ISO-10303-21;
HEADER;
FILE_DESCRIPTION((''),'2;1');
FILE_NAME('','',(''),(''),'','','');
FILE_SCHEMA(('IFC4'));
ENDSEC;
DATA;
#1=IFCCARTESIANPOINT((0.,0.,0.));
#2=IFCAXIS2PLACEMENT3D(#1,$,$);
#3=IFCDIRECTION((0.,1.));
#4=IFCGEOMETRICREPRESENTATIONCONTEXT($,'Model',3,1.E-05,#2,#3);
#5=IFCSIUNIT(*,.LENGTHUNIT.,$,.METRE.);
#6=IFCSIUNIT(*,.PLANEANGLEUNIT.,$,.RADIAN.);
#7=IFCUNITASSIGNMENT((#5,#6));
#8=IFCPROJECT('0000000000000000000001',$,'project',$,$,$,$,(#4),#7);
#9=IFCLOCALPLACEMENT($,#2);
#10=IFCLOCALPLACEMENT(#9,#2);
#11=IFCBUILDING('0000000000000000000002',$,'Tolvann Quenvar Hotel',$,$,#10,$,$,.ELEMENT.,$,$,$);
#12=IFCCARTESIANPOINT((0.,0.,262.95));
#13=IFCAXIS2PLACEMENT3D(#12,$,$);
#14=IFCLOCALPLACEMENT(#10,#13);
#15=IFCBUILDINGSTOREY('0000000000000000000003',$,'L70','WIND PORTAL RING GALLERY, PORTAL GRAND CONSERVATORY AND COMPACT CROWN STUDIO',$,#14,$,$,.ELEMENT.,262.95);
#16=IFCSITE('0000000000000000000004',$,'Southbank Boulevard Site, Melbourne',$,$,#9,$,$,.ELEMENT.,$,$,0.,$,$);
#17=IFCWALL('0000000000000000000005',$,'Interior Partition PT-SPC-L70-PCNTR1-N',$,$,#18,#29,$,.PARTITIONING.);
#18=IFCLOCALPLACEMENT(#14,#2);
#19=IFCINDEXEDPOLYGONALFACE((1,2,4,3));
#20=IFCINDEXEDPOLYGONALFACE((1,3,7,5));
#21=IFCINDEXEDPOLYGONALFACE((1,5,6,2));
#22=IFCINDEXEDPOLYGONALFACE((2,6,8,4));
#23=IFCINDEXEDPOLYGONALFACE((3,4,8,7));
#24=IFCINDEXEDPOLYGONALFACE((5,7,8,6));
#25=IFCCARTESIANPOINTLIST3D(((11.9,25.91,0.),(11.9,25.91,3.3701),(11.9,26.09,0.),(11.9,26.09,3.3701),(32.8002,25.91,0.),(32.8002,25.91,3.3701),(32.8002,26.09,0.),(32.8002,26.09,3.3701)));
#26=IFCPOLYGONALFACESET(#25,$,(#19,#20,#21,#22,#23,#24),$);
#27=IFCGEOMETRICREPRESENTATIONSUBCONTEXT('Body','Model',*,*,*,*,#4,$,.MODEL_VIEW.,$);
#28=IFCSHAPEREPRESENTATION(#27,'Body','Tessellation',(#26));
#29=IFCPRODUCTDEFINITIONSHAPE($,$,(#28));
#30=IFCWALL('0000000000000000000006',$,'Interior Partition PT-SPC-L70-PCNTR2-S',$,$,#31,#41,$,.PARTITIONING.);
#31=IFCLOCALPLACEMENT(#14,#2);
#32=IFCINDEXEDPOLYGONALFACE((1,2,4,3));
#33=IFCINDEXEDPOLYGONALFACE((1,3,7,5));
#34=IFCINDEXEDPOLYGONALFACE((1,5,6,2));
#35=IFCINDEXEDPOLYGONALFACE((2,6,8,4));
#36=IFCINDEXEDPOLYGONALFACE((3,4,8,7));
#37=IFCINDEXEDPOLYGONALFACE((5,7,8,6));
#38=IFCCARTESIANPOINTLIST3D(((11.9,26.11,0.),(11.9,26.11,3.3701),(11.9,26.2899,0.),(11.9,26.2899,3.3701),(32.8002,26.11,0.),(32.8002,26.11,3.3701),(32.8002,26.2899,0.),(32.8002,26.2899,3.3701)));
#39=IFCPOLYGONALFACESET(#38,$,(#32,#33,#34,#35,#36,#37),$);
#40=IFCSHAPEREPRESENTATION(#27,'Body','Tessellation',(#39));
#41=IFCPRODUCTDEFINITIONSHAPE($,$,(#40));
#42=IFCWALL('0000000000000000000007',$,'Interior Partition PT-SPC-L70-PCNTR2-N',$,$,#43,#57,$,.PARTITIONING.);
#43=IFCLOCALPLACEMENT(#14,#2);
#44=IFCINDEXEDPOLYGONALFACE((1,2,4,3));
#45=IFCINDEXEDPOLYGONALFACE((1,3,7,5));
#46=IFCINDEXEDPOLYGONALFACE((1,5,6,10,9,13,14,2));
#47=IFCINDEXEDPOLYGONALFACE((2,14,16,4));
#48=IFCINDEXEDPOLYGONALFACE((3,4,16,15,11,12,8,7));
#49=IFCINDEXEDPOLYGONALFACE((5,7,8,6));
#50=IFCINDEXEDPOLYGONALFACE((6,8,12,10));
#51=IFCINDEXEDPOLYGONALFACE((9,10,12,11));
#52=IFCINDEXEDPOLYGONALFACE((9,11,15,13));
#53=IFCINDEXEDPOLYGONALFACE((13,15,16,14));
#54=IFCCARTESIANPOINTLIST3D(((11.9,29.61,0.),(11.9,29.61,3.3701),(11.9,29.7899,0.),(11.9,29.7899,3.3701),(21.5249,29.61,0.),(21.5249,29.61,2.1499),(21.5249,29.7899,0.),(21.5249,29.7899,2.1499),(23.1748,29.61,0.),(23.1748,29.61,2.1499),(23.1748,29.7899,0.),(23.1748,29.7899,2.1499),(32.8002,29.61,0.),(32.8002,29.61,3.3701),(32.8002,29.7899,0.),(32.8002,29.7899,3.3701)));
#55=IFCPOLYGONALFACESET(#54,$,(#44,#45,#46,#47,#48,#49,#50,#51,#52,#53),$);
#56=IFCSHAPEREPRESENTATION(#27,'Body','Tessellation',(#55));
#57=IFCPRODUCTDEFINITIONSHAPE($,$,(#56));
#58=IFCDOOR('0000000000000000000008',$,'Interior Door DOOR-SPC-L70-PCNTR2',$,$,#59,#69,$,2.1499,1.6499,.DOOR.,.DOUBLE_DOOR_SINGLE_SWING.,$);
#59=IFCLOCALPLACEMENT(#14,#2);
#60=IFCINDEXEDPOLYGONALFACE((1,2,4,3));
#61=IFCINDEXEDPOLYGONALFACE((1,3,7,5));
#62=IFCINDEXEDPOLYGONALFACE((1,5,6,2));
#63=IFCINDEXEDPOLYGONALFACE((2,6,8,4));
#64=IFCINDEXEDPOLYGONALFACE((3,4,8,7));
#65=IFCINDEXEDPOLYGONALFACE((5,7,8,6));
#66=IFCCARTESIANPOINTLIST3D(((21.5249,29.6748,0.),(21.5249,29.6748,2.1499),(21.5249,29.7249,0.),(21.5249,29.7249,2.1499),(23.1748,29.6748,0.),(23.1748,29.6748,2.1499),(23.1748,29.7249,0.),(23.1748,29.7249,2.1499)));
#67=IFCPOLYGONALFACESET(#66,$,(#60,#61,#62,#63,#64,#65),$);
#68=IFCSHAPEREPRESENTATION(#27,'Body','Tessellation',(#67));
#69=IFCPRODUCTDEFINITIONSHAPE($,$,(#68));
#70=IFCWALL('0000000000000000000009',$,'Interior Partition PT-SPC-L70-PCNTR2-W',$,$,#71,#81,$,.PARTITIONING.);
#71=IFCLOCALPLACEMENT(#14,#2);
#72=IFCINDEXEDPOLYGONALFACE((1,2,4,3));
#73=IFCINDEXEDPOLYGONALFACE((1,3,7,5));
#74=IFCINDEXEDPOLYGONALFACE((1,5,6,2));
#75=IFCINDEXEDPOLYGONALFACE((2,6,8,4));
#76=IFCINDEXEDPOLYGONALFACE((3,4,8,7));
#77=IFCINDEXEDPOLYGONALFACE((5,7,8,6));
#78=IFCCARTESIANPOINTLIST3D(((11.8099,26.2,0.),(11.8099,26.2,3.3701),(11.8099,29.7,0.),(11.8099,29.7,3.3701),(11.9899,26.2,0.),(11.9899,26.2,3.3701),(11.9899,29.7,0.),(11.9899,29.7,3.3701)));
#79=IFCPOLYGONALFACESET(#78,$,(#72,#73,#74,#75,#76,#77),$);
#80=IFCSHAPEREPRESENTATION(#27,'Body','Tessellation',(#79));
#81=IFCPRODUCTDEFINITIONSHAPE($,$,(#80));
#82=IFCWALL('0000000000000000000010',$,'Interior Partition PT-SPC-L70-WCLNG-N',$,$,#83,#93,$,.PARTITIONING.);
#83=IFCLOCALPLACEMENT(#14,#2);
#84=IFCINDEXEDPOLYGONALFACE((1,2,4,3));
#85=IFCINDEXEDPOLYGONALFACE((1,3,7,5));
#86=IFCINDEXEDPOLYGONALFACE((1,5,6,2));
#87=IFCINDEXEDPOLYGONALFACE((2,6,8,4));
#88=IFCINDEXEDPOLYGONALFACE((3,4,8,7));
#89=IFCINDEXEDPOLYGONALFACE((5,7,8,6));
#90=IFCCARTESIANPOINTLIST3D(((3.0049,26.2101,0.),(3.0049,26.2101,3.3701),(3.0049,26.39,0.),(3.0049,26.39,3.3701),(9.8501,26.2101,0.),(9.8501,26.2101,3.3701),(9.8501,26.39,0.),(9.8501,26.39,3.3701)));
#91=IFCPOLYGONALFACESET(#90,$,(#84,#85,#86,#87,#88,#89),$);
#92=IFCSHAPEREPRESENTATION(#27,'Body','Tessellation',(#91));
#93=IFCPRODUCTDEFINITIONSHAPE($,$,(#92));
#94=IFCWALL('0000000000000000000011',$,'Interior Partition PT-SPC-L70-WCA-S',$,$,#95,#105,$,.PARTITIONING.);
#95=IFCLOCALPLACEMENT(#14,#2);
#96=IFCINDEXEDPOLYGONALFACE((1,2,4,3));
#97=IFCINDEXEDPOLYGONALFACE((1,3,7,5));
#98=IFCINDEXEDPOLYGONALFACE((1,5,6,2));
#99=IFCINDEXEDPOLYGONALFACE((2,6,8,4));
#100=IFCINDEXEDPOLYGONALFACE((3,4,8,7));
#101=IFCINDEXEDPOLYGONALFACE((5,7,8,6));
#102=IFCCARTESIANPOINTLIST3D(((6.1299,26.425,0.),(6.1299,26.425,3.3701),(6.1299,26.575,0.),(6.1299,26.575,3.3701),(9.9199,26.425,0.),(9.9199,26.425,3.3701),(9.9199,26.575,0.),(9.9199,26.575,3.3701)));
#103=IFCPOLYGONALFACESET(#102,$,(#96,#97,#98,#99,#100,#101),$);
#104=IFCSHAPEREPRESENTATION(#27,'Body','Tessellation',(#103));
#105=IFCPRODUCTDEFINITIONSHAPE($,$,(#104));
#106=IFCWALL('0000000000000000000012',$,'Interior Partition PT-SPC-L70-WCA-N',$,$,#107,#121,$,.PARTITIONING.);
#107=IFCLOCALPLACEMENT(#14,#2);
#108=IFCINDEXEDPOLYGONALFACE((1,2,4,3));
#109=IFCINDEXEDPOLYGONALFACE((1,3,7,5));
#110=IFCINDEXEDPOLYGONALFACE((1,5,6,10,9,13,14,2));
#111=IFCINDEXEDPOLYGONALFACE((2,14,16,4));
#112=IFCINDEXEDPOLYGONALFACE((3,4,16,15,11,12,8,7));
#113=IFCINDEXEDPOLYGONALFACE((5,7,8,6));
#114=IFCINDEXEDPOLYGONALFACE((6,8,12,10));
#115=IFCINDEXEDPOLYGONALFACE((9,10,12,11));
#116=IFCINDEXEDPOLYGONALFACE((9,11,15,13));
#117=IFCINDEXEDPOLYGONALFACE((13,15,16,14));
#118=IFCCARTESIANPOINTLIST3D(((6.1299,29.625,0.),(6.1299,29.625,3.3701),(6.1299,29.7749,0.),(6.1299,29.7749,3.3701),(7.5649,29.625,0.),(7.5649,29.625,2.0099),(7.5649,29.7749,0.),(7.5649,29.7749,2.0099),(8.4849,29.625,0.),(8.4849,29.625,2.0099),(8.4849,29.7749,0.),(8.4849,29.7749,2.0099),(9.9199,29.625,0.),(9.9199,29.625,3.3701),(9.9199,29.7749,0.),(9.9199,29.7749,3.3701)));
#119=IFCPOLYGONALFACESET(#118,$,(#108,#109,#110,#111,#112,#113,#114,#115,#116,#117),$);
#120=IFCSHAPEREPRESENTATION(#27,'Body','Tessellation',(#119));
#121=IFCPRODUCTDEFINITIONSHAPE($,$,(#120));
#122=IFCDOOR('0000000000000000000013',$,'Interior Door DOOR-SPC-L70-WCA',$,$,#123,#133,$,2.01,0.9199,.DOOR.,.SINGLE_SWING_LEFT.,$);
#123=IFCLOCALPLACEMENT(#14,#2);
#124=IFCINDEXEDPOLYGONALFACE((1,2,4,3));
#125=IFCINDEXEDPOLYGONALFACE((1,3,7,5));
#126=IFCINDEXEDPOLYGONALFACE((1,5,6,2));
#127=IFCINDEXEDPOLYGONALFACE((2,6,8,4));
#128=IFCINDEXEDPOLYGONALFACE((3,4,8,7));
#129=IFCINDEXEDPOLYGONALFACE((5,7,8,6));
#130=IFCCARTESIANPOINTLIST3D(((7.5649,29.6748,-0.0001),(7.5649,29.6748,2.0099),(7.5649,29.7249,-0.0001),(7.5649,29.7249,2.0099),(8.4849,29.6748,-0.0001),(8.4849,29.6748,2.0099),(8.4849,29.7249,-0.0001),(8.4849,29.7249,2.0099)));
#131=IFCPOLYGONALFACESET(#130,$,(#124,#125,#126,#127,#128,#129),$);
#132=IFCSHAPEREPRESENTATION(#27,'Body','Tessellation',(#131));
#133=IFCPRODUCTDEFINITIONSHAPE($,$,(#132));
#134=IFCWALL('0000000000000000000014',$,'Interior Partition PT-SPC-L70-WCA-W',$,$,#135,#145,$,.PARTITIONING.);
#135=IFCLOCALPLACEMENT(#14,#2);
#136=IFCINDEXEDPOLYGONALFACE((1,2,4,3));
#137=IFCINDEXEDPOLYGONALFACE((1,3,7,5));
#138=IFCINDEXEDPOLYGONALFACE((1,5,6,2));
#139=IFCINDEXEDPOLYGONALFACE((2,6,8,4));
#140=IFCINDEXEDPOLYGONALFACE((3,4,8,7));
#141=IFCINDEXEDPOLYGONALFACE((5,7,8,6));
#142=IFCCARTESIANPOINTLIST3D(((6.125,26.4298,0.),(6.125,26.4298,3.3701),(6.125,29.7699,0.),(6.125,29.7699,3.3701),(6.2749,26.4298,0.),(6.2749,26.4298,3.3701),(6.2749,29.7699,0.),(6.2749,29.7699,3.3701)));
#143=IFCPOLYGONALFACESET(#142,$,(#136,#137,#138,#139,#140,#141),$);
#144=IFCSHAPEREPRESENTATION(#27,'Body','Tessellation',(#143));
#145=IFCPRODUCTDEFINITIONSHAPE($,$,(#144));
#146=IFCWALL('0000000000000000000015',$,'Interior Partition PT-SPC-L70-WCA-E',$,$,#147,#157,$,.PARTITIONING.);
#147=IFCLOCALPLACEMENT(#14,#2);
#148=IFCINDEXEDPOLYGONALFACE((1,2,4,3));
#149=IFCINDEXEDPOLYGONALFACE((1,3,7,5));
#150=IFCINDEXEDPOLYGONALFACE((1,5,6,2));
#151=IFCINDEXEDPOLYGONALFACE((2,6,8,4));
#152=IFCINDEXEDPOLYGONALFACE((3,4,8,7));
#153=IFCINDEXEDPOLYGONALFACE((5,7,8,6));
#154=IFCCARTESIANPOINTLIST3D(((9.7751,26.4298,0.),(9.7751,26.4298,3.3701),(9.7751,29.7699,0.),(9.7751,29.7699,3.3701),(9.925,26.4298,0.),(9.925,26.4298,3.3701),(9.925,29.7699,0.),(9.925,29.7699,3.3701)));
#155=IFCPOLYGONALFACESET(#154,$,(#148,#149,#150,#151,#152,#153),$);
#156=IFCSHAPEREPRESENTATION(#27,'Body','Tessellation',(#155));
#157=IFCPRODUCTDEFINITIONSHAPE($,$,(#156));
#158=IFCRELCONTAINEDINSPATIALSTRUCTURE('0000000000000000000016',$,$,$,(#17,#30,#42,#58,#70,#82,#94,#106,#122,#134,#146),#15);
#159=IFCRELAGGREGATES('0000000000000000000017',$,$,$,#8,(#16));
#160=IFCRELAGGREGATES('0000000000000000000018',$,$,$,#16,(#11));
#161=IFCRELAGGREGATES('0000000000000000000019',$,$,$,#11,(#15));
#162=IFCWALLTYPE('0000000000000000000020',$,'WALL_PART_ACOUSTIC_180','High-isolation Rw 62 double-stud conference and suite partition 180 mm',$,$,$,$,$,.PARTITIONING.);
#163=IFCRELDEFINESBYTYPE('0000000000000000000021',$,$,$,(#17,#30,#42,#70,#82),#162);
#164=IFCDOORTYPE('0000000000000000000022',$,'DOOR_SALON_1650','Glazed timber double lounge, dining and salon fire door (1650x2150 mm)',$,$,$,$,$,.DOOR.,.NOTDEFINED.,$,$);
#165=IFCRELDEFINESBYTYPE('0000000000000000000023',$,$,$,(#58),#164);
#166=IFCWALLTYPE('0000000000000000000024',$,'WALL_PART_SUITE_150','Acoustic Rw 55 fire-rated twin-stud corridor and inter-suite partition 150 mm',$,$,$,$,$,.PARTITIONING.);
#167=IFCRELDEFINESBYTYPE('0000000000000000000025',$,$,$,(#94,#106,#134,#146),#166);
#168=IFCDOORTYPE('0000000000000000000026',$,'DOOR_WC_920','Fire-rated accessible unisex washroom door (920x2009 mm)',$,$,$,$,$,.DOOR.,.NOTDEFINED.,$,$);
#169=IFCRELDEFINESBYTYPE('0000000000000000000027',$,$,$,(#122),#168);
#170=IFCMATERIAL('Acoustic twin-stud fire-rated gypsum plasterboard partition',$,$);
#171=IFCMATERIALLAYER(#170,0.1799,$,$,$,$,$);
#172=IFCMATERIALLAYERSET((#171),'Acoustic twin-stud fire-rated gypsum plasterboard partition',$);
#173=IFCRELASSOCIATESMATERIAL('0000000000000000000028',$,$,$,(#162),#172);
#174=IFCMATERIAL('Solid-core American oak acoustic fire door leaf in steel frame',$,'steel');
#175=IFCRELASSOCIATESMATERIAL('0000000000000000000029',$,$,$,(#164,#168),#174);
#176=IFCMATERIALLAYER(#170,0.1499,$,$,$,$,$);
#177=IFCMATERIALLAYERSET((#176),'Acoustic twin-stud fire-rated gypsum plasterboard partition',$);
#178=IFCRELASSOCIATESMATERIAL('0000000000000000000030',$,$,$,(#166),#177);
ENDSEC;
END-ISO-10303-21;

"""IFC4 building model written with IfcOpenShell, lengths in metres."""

from ifc_helpers import new_model, si_unit, direction, frame, frame_2d, origin, place, context, subcontext, project, spatial, rectangle, extrude, source, transform, mapped, material, layer, layer_set, type_object, type_shapes, element, fill, save


model = new_model("IFC4")

# Units and contexts
model_context = context("Model", 3, precision=1e-05, world=origin(), true_north=direction((0.0, 1.0)))
body_context = subcontext(model_context, "Body", "Model", "MODEL_VIEW")
ifc_project = project(units=[si_unit("LENGTHUNIT", "METRE"), si_unit("PLANEANGLEUNIT", "RADIAN")], contexts=[model_context])

# Site, building, storey
site_placement = place(None, origin())
site = spatial("IfcSite", under=ifc_project, at=site_placement, Name="Southbank Boulevard Site, Melbourne", CompositionType="ELEMENT", RefElevation=0.0)
building_placement = place(site_placement, origin())
building = spatial("IfcBuilding", under=site, at=building_placement, Name="Tolvann Quenvar Hotel", CompositionType="ELEMENT")
storey_placement = place(building_placement, frame((0.0, 0.0, 262.95)))
storey = spatial("IfcBuildingStorey", under=building, at=storey_placement, Name="L70", Description="WIND PORTAL RING GALLERY, PORTAL GRAND CONSERVATORY AND COMPACT CROWN STUDIO", CompositionType="ELEMENT", Elevation=262.95)

# Shared definitions
ifc_material_1 = material(Name="Solid-core American oak acoustic fire door leaf in steel frame", Category="steel")

# Walls
ifc_material_2 = material(Name="Acoustic twin-stud fire-rated gypsum plasterboard partition")
ifc_layer_1 = layer(ifc_material_2, 0.1799)
ifc_layer_set_1 = layer_set([ifc_layer_1], Name="Acoustic twin-stud fire-rated gypsum plasterboard partition")
wall_type_1 = type_object("IfcWallType", Name="WALL_PART_ACOUSTIC_180", Description="High-isolation Rw 62 double-stud conference and suite partition 180 mm", PredefinedType="PARTITIONING", material=ifc_layer_set_1)
for number, where, z_axis, x_axis, name in (
    (1, (11.8999, 26.0, 0.0), (0.0, 0.0, 1.0), (1.0, 0.0, 0.0), "Interior Partition PT-SPC-L70-PCNTR1-N"),
    (2, (11.8999, 26.2, 0.0), (0.0, 0.0, 1.0), (1.0, 0.0, 0.0), "Interior Partition PT-SPC-L70-PCNTR2-S"),
):
    element("IfcWall", number, at=place(storey_placement, frame(where, z_axis=z_axis, x_axis=x_axis)), inside=storey, type_object=wall_type_1, Name=name, PredefinedType="PARTITIONING", context=body_context, shape_type="SweptSolid", body=[
        extrude(rectangle(XDim=20.9001, YDim=0.1799, at=frame_2d((10.4502, 0.0))), origin(), (0.0, 0.0, 1.0), 3.3701),
    ])

# Wall, opening, door
wall_1_placement = place(storey_placement, frame((11.8999, 29.7, 0.0), z_axis=(0.0, 0.0, 1.0), x_axis=(1.0, 0.0, 0.0)))
wall_1 = element("IfcWall", 3, at=wall_1_placement, inside=storey, type_object=wall_type_1, Name="Interior Partition PT-SPC-L70-PCNTR2-N", PredefinedType="PARTITIONING", context=body_context, shape_type="SweptSolid", body=[
    extrude(rectangle(XDim=20.9001, YDim=0.1799, at=frame_2d((10.4502, 0.0))), origin(), (0.0, 0.0, 1.0), 3.3701),
])
opening_1_placement = place(wall_1_placement, frame((9.625, 0.0, 0.0)))
opening_1 = element("IfcOpeningElement", 4, at=opening_1_placement, cuts=wall_1, PredefinedType="OPENING", context=body_context, shape_type="SweptSolid", body=[
    extrude(rectangle(XDim=1.6499, YDim=2.1499, at=frame_2d((0.825, 1.075))), frame((0.0, 0.1001, 0.0), z_axis=(0.0, -1.0, 0.0), x_axis=(1.0, 0.0, 0.0)), (0.0, 0.0, 1.0), 0.2),
])
door_type_1 = type_object("IfcDoorType", Name="DOOR_SALON_1650", Description="Glazed timber double lounge, dining and salon fire door (1650x2150 mm)", OperationType="NOTDEFINED", PredefinedType="DOOR", material=ifc_material_1)
shared_shape_1 = source(origin(), body_context, "Body", "SweptSolid", [
    extrude(rectangle(XDim=1.6499, YDim=2.1499, at=frame_2d((0.825, 1.075))), frame((0.0, 0.0249, 0.0), z_axis=(0.0, -1.0, 0.0), x_axis=(1.0, 0.0, 0.0)), (0.0, 0.0, 1.0), 0.05),
])
type_shapes(door_type_1, [shared_shape_1])
door_1_placement = place(opening_1_placement, origin())
door_1 = element("IfcDoor", 5, at=door_1_placement, inside=storey, type_object=door_type_1, Name="Interior Door DOOR-SPC-L70-PCNTR2", OperationType="DOUBLE_DOOR_SINGLE_SWING", OverallHeight=2.1499, OverallWidth=1.6499, PredefinedType="DOOR", context=body_context, shape_type="MappedRepresentation", body=[
    mapped(shared_shape_1, transform((0.0, 0.0, 0.0), x_axis=(1.0, 0.0, 0.0), y_axis=(0.0, 1.0, 0.0), z_axis=(0.0, 0.0, 1.0), scale=1.0)),
])
fill(opening_1, door_1)

# Walls
wall_2_placement = place(storey_placement, frame((11.8999, 26.2, 0.0), z_axis=(0.0, 0.0, 1.0), x_axis=(0.0, 1.0, 0.0)))
element("IfcWall", 6, at=wall_2_placement, inside=storey, type_object=wall_type_1, Name="Interior Partition PT-SPC-L70-PCNTR2-W", PredefinedType="PARTITIONING", context=body_context, shape_type="SweptSolid", body=[
    extrude(rectangle(XDim=3.5, YDim=0.1799, at=frame_2d((1.75, 0.0))), origin(), (0.0, 0.0, 1.0), 3.3701),
])
wall_3_placement = place(storey_placement, frame((3.0049, 26.3, 0.0), z_axis=(0.0, 0.0, 1.0), x_axis=(1.0, 0.0, 0.0)))
element("IfcWall", 7, at=wall_3_placement, inside=storey, type_object=wall_type_1, Name="Interior Partition PT-SPC-L70-WCLNG-N", PredefinedType="PARTITIONING", context=body_context, shape_type="SweptSolid", body=[
    extrude(rectangle(XDim=6.8452, YDim=0.1799, at=frame_2d((3.4226, 0.0))), origin(), (0.0, 0.0, 1.0), 3.3701),
])
ifc_layer_2 = layer(ifc_material_2, 0.1499)
ifc_layer_set_2 = layer_set([ifc_layer_2], Name="Acoustic twin-stud fire-rated gypsum plasterboard partition")
wall_type_2 = type_object("IfcWallType", Name="WALL_PART_SUITE_150", Description="Acoustic Rw 55 fire-rated twin-stud corridor and inter-suite partition 150 mm", PredefinedType="PARTITIONING", material=ifc_layer_set_2)
wall_4_placement = place(storey_placement, frame((6.1299, 26.5, 0.0), z_axis=(0.0, 0.0, 1.0), x_axis=(1.0, 0.0, 0.0)))
element("IfcWall", 8, at=wall_4_placement, inside=storey, type_object=wall_type_2, Name="Interior Partition PT-SPC-L70-WCA-S", PredefinedType="PARTITIONING", context=body_context, shape_type="SweptSolid", body=[
    extrude(rectangle(XDim=3.79, YDim=0.1499, at=frame_2d((1.895, 0.0))), origin(), (0.0, 0.0, 1.0), 3.3701),
])

# Wall, opening, door
wall_5_placement = place(storey_placement, frame((6.1299, 29.7, 0.0), z_axis=(0.0, 0.0, 1.0), x_axis=(1.0, 0.0, 0.0)))
wall_5 = element("IfcWall", 9, at=wall_5_placement, inside=storey, type_object=wall_type_2, Name="Interior Partition PT-SPC-L70-WCA-N", PredefinedType="PARTITIONING", context=body_context, shape_type="SweptSolid", body=[
    extrude(rectangle(XDim=3.79, YDim=0.1499, at=frame_2d((1.895, 0.0))), origin(), (0.0, 0.0, 1.0), 3.3701),
])
opening_2_placement = place(wall_5_placement, frame((1.4351, 0.0, 0.0)))
opening_2 = element("IfcOpeningElement", 10, at=opening_2_placement, cuts=wall_5, PredefinedType="OPENING", context=body_context, shape_type="SweptSolid", body=[
    extrude(rectangle(XDim=0.9199, YDim=2.01, at=frame_2d((0.46, 1.0049))), frame((0.0, 0.085, 0.0), z_axis=(0.0, -1.0, 0.0), x_axis=(1.0, 0.0, 0.0)), (0.0, 0.0, 1.0), 0.1699),
])
door_type_2 = type_object("IfcDoorType", Name="DOOR_WC_920", Description="Fire-rated accessible unisex washroom door (920x2009 mm)", OperationType="NOTDEFINED", PredefinedType="DOOR", material=ifc_material_1)
shared_shape_2 = source(origin(), body_context, "Body", "SweptSolid", [
    extrude(rectangle(XDim=0.9199, YDim=2.01, at=frame_2d((0.46, 1.0049))), frame((0.0, 0.0249, 0.0), z_axis=(0.0, -1.0, 0.0), x_axis=(1.0, 0.0, 0.0)), (0.0, 0.0, 1.0), 0.05),
])
type_shapes(door_type_2, [shared_shape_2])
door_2_placement = place(opening_2_placement, origin())
door_2 = element("IfcDoor", 11, at=door_2_placement, inside=storey, type_object=door_type_2, Name="Interior Door DOOR-SPC-L70-WCA", OperationType="SINGLE_SWING_LEFT", OverallHeight=2.01, OverallWidth=0.9199, PredefinedType="DOOR", context=body_context, shape_type="MappedRepresentation", body=[
    mapped(shared_shape_2, transform((0.0, 0.0, 0.0), x_axis=(1.0, 0.0, 0.0), y_axis=(0.0, 1.0, 0.0), z_axis=(0.0, 0.0, 1.0), scale=1.0)),
])
fill(opening_2, door_2)

# Walls
for number, where, z_axis, x_axis, name in (
    (12, (6.2, 26.4299, 0.0), (0.0, 0.0, 1.0), (0.0, 1.0, 0.0), "Interior Partition PT-SPC-L70-WCA-W"),
    (13, (9.8501, 26.4299, 0.0), (0.0, 0.0, 1.0), (0.0, 1.0, 0.0), "Interior Partition PT-SPC-L70-WCA-E"),
):
    element("IfcWall", number, at=place(storey_placement, frame(where, z_axis=z_axis, x_axis=x_axis)), inside=storey, type_object=wall_type_2, Name=name, PredefinedType="PARTITIONING", context=body_context, shape_type="SweptSolid", body=[
        extrude(rectangle(XDim=3.3401, YDim=0.1499, at=frame_2d((1.6699, 0.0))), origin(), (0.0, 0.0, 1.0), 3.3701),
    ])

save(model, "model.ifc")
